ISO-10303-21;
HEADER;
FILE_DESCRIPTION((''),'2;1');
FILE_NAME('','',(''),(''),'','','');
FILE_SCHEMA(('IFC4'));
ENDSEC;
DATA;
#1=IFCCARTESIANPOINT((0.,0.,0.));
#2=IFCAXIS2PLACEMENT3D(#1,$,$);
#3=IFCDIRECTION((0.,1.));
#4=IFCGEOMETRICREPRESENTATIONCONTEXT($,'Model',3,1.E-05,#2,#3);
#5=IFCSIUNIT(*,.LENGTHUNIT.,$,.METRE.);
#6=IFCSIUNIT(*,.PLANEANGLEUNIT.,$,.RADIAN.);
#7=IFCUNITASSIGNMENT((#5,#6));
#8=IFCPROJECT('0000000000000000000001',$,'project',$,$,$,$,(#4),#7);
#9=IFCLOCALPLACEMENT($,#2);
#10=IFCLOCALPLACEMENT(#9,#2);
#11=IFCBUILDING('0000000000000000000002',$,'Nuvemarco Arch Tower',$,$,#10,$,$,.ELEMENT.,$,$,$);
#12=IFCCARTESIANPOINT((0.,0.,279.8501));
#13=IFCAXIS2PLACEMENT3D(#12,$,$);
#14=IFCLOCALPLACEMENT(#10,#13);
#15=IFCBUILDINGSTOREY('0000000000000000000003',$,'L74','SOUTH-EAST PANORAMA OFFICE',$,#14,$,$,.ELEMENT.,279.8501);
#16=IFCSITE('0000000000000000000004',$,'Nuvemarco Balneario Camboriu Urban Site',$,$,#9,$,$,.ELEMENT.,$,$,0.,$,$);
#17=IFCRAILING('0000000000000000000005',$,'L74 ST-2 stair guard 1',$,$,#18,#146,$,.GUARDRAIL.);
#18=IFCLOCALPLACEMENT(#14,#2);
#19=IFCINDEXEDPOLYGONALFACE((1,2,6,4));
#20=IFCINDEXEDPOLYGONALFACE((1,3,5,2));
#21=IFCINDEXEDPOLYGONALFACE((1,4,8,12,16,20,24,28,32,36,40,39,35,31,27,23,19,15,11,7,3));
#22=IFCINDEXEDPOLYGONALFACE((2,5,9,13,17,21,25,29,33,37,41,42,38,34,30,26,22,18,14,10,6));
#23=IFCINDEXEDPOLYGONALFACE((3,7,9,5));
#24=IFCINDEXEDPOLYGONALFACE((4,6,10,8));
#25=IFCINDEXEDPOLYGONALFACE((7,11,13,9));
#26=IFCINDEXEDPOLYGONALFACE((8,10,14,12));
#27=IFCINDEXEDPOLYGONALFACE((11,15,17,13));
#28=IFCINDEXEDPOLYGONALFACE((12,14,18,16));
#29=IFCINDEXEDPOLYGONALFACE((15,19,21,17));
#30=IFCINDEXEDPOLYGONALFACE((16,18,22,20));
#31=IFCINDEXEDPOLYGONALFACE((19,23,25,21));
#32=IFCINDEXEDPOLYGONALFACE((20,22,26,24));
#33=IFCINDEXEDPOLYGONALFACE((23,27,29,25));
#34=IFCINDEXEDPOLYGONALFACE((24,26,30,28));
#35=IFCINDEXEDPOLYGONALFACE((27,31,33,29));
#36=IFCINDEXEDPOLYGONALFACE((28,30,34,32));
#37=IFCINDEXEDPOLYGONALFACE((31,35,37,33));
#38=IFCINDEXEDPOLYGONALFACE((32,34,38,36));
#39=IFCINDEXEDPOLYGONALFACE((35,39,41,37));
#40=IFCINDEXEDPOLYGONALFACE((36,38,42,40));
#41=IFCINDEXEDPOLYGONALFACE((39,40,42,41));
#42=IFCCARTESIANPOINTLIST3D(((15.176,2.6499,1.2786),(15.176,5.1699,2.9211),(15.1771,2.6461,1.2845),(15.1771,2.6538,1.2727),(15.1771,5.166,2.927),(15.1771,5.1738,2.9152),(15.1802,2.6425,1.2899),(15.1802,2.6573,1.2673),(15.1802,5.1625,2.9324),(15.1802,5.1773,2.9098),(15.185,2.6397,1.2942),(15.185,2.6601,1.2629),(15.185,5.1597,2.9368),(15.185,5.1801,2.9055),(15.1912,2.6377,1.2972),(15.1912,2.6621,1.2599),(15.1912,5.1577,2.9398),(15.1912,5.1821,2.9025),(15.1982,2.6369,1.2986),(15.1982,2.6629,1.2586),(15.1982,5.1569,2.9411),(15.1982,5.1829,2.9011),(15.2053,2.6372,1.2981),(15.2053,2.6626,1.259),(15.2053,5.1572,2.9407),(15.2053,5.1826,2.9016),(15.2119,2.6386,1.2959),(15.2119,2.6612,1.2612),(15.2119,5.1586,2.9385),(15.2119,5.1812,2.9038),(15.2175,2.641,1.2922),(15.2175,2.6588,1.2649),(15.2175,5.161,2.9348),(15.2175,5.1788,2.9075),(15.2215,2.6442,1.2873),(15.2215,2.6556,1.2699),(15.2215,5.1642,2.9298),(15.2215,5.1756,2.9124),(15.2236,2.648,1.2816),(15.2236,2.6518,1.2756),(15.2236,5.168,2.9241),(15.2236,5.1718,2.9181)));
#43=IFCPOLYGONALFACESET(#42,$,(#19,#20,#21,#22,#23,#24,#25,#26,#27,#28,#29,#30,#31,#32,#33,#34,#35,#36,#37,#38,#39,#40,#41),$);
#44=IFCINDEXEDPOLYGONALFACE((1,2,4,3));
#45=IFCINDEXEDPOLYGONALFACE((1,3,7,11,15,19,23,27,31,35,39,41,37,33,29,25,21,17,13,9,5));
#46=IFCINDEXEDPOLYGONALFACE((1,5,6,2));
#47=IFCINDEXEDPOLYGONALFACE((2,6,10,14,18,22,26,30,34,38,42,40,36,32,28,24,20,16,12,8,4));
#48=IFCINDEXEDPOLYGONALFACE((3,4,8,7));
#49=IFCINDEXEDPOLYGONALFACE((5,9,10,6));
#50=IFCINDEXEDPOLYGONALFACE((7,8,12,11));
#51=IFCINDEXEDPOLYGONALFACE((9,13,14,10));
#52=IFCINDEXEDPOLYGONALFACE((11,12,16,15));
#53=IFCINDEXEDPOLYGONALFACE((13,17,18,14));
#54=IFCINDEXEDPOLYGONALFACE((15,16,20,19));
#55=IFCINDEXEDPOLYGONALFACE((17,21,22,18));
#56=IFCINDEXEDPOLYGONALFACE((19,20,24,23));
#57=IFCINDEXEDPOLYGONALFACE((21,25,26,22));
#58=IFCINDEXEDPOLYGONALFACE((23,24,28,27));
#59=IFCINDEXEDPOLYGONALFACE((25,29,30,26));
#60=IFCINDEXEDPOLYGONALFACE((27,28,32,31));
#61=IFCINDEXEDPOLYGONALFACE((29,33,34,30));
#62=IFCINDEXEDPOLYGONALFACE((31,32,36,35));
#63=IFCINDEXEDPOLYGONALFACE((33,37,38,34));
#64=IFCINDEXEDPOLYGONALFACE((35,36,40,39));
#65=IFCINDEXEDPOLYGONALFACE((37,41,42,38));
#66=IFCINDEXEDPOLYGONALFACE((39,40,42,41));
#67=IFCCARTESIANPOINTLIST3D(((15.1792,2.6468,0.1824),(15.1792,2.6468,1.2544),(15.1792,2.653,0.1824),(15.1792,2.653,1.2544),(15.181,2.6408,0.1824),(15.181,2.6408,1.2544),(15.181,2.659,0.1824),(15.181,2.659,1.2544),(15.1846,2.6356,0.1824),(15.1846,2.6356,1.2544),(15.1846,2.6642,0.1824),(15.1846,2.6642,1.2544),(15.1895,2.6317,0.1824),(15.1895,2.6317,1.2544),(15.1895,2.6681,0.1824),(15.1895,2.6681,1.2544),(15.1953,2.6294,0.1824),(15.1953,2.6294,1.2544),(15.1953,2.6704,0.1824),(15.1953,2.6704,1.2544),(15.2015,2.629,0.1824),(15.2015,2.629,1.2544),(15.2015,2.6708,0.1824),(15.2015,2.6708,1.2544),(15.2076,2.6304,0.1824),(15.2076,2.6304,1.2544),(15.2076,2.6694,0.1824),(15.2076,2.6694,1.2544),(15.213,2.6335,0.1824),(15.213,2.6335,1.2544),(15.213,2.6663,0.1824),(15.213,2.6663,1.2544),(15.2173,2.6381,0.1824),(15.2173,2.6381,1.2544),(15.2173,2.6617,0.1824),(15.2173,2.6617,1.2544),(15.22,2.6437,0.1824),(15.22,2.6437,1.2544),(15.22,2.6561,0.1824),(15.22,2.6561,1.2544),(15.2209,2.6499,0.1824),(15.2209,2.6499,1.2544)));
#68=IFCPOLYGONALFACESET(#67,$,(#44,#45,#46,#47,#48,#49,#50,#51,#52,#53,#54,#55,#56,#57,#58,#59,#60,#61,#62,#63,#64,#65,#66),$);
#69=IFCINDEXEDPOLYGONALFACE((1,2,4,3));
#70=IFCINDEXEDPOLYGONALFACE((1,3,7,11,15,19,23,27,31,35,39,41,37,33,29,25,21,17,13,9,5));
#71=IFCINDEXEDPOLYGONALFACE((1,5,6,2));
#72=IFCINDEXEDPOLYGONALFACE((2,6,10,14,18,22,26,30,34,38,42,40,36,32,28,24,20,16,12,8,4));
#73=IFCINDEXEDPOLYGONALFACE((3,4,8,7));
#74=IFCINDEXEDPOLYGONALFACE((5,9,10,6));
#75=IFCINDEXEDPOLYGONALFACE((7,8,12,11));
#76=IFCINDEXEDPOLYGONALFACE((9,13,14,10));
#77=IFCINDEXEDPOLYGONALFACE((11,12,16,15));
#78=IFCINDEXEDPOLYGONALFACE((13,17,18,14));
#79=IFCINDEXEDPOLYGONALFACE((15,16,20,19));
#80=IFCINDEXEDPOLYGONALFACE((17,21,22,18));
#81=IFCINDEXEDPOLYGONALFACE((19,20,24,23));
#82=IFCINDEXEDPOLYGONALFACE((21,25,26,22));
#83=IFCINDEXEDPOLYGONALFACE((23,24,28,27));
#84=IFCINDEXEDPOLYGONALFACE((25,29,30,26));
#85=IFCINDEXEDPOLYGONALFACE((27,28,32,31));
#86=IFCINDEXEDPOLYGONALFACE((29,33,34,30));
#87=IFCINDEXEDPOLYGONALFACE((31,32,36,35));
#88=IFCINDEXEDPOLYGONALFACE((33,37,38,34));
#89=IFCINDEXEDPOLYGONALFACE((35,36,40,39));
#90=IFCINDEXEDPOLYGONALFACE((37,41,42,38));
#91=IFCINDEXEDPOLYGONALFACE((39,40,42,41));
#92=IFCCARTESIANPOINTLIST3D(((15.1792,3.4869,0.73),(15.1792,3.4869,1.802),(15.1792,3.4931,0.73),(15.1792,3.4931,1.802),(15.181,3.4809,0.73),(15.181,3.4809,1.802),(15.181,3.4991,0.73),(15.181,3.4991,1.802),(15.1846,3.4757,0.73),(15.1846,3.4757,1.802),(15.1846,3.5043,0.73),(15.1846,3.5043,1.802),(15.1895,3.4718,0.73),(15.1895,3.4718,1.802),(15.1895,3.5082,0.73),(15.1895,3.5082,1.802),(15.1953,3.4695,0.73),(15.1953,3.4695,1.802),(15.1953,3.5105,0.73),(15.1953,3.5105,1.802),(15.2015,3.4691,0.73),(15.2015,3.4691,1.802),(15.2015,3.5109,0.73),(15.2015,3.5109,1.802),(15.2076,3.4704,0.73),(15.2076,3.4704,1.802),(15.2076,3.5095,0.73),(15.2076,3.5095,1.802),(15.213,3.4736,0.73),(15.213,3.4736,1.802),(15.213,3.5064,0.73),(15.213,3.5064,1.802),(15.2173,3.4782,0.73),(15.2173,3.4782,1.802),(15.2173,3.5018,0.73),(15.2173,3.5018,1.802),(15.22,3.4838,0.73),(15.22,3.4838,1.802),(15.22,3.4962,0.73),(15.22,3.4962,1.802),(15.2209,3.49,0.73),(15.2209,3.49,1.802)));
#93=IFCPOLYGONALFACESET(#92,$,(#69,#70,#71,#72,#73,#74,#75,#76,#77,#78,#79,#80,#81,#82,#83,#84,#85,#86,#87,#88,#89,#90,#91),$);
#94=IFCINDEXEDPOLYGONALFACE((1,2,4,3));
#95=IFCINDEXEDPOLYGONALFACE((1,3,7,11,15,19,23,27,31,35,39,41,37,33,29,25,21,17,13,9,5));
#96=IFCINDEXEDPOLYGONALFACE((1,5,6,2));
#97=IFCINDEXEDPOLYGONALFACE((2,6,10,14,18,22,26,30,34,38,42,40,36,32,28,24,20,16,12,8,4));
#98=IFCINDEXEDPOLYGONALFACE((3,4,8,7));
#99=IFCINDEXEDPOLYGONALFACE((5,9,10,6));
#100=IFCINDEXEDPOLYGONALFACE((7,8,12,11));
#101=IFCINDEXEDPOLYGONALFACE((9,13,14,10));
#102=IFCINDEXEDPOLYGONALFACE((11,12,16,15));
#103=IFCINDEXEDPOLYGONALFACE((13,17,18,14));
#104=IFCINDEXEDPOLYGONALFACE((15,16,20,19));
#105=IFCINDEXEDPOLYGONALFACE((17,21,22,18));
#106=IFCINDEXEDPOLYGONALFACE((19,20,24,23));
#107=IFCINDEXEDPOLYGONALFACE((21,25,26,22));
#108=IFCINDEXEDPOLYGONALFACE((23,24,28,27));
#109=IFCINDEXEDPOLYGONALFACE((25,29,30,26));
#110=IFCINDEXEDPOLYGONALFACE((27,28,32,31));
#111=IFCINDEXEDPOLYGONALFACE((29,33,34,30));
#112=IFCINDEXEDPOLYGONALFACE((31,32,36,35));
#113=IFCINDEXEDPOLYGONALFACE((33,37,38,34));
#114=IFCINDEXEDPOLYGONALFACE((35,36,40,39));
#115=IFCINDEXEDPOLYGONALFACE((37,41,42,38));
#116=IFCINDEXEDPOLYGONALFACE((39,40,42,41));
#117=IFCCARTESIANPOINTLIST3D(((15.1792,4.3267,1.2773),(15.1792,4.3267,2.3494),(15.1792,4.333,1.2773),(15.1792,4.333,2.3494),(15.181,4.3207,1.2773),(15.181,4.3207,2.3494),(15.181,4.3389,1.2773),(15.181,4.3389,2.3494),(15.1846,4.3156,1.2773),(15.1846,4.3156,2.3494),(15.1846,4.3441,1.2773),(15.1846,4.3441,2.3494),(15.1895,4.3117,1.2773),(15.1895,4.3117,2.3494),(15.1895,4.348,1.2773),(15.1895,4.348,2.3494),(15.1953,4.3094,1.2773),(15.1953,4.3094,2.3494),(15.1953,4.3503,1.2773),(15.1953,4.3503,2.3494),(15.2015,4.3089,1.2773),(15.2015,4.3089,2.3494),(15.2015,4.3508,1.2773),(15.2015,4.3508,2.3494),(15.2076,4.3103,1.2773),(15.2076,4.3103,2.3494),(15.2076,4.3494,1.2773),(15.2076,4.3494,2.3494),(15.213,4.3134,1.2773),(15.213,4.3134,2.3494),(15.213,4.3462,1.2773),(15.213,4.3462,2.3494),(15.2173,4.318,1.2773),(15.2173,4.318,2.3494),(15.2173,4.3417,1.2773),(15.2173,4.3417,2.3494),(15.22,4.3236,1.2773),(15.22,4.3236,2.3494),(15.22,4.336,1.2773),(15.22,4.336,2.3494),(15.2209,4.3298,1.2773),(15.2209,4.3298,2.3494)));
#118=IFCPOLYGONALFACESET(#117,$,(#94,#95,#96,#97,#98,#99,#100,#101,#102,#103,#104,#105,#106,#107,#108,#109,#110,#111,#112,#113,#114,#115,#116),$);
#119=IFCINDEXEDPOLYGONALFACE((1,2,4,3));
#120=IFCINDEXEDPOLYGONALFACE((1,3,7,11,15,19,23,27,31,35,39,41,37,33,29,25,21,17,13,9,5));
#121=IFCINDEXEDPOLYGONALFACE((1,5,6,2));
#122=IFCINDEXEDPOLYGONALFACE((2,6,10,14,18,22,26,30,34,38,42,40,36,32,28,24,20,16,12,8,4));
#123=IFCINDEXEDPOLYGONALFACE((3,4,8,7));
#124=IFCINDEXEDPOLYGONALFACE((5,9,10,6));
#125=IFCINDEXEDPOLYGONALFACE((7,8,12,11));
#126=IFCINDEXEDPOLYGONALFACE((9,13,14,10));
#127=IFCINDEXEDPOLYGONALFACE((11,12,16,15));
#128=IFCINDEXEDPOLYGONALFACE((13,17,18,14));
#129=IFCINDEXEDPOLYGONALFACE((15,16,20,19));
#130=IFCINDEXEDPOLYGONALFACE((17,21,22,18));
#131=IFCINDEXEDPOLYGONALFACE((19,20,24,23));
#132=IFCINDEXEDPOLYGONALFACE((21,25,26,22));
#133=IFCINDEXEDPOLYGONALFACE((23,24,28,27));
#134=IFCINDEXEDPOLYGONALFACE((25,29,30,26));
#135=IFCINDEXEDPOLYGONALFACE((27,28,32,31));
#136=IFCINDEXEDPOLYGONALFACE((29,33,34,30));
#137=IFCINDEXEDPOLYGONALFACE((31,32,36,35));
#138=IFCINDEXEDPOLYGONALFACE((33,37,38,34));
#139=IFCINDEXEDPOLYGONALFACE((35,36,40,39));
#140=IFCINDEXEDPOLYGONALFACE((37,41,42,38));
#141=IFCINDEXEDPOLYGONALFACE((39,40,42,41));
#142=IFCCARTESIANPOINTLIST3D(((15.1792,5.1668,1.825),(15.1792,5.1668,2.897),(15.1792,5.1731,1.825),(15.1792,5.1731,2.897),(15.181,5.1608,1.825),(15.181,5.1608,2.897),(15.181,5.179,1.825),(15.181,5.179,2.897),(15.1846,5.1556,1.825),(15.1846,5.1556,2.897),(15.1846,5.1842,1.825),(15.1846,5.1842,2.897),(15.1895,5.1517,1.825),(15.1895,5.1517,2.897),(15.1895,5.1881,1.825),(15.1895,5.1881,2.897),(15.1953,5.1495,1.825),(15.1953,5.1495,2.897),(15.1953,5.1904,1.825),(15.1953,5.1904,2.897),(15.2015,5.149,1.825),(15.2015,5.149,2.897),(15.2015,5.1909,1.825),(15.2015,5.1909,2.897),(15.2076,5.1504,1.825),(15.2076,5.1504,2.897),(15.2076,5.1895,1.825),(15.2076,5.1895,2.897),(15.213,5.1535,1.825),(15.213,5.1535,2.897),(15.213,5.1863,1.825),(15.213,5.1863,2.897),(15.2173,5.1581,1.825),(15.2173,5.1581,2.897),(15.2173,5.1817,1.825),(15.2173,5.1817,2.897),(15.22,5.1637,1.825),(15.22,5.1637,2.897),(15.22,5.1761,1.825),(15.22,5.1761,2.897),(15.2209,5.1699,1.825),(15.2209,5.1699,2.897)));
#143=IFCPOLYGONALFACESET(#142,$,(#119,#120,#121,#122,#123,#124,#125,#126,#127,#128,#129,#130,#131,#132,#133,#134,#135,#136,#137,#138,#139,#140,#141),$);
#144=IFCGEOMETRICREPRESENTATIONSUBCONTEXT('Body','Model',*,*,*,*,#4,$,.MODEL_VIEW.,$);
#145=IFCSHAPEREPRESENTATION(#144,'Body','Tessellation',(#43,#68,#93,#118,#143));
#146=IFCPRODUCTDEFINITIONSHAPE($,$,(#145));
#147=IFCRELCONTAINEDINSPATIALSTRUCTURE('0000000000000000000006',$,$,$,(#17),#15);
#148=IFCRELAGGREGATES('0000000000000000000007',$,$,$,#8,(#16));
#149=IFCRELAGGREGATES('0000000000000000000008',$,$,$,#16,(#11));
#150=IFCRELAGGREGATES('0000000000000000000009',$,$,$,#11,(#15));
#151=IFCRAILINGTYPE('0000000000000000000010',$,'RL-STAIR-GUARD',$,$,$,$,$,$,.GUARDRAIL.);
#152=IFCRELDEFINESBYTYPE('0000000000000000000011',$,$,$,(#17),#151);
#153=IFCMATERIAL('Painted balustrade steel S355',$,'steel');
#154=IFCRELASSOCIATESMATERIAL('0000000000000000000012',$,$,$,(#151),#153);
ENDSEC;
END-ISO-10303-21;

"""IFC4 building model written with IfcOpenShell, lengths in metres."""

from ifc_helpers import new_model, si_unit, direction, frame, origin, origin_2d, place, context, subcontext, project, spatial, circle, extrude, material, type_object, element, save


model = new_model("IFC4")

# Units and contexts
model_context = context("Model", 3, precision=1e-05, world=origin(), true_north=direction((0.0, 1.0)))
body_context = subcontext(model_context, "Body", "Model", "MODEL_VIEW")
ifc_project = project(units=[si_unit("LENGTHUNIT", "METRE"), si_unit("PLANEANGLEUNIT", "RADIAN")], contexts=[model_context])

# Site, building, storey
site_placement = place(None, origin())
site = spatial("IfcSite", under=ifc_project, at=site_placement, Name="Nuvemarco Balneario Camboriu Urban Site", CompositionType="ELEMENT", RefElevation=0.0)
building_placement = place(site_placement, origin())
building = spatial("IfcBuilding", under=site, at=building_placement, Name="Nuvemarco Arch Tower", CompositionType="ELEMENT")
storey_placement = place(building_placement, frame((0.0, 0.0, 279.8501)))
storey = spatial("IfcBuildingStorey", under=building, at=storey_placement, Name="L74", Description="SOUTH-EAST PANORAMA OFFICE", CompositionType="ELEMENT", Elevation=279.8501)

# Railing
ifc_material_1 = material(Name="Painted balustrade steel S355", Category="steel")
railing_type_1 = type_object("IfcRailingType", Name="RL-STAIR-GUARD", PredefinedType="GUARDRAIL", material=ifc_material_1)
railing_1_placement = place(storey_placement, frame((15.2, 2.6499, 0.1824)))
element("IfcRailing", 1, at=railing_1_placement, inside=storey, type_object=railing_type_1, Name="L74 ST-2 stair guard 1", PredefinedType="GUARDRAIL", context=body_context, shape_type="SweptSolid", body=[
    extrude(circle(Radius=0.0239, at=origin_2d()), frame((0.0, 0.0, 1.0962), z_axis=(0.0, 0.837749, 0.546055), x_axis=(-1.0, 0.0, 0.0)), (0.0, 0.0, 1.0), 3.0081),
    extrude(circle(Radius=0.021, at=origin_2d()), origin(), (0.0, 0.0, 1.0), 1.072),
    extrude(circle(Radius=0.021, at=origin_2d()), frame((0.0, 0.8401, 0.5476)), (0.0, 0.0, 1.0), 1.072),
    extrude(circle(Radius=0.021, at=origin_2d()), frame((0.0, 1.6799, 1.095)), (0.0, 0.0, 1.0), 1.072),
    extrude(circle(Radius=0.021, at=origin_2d()), frame((0.0, 2.52, 1.6426)), (0.0, 0.0, 1.0), 1.072),
])

save(model, "model.ifc")
